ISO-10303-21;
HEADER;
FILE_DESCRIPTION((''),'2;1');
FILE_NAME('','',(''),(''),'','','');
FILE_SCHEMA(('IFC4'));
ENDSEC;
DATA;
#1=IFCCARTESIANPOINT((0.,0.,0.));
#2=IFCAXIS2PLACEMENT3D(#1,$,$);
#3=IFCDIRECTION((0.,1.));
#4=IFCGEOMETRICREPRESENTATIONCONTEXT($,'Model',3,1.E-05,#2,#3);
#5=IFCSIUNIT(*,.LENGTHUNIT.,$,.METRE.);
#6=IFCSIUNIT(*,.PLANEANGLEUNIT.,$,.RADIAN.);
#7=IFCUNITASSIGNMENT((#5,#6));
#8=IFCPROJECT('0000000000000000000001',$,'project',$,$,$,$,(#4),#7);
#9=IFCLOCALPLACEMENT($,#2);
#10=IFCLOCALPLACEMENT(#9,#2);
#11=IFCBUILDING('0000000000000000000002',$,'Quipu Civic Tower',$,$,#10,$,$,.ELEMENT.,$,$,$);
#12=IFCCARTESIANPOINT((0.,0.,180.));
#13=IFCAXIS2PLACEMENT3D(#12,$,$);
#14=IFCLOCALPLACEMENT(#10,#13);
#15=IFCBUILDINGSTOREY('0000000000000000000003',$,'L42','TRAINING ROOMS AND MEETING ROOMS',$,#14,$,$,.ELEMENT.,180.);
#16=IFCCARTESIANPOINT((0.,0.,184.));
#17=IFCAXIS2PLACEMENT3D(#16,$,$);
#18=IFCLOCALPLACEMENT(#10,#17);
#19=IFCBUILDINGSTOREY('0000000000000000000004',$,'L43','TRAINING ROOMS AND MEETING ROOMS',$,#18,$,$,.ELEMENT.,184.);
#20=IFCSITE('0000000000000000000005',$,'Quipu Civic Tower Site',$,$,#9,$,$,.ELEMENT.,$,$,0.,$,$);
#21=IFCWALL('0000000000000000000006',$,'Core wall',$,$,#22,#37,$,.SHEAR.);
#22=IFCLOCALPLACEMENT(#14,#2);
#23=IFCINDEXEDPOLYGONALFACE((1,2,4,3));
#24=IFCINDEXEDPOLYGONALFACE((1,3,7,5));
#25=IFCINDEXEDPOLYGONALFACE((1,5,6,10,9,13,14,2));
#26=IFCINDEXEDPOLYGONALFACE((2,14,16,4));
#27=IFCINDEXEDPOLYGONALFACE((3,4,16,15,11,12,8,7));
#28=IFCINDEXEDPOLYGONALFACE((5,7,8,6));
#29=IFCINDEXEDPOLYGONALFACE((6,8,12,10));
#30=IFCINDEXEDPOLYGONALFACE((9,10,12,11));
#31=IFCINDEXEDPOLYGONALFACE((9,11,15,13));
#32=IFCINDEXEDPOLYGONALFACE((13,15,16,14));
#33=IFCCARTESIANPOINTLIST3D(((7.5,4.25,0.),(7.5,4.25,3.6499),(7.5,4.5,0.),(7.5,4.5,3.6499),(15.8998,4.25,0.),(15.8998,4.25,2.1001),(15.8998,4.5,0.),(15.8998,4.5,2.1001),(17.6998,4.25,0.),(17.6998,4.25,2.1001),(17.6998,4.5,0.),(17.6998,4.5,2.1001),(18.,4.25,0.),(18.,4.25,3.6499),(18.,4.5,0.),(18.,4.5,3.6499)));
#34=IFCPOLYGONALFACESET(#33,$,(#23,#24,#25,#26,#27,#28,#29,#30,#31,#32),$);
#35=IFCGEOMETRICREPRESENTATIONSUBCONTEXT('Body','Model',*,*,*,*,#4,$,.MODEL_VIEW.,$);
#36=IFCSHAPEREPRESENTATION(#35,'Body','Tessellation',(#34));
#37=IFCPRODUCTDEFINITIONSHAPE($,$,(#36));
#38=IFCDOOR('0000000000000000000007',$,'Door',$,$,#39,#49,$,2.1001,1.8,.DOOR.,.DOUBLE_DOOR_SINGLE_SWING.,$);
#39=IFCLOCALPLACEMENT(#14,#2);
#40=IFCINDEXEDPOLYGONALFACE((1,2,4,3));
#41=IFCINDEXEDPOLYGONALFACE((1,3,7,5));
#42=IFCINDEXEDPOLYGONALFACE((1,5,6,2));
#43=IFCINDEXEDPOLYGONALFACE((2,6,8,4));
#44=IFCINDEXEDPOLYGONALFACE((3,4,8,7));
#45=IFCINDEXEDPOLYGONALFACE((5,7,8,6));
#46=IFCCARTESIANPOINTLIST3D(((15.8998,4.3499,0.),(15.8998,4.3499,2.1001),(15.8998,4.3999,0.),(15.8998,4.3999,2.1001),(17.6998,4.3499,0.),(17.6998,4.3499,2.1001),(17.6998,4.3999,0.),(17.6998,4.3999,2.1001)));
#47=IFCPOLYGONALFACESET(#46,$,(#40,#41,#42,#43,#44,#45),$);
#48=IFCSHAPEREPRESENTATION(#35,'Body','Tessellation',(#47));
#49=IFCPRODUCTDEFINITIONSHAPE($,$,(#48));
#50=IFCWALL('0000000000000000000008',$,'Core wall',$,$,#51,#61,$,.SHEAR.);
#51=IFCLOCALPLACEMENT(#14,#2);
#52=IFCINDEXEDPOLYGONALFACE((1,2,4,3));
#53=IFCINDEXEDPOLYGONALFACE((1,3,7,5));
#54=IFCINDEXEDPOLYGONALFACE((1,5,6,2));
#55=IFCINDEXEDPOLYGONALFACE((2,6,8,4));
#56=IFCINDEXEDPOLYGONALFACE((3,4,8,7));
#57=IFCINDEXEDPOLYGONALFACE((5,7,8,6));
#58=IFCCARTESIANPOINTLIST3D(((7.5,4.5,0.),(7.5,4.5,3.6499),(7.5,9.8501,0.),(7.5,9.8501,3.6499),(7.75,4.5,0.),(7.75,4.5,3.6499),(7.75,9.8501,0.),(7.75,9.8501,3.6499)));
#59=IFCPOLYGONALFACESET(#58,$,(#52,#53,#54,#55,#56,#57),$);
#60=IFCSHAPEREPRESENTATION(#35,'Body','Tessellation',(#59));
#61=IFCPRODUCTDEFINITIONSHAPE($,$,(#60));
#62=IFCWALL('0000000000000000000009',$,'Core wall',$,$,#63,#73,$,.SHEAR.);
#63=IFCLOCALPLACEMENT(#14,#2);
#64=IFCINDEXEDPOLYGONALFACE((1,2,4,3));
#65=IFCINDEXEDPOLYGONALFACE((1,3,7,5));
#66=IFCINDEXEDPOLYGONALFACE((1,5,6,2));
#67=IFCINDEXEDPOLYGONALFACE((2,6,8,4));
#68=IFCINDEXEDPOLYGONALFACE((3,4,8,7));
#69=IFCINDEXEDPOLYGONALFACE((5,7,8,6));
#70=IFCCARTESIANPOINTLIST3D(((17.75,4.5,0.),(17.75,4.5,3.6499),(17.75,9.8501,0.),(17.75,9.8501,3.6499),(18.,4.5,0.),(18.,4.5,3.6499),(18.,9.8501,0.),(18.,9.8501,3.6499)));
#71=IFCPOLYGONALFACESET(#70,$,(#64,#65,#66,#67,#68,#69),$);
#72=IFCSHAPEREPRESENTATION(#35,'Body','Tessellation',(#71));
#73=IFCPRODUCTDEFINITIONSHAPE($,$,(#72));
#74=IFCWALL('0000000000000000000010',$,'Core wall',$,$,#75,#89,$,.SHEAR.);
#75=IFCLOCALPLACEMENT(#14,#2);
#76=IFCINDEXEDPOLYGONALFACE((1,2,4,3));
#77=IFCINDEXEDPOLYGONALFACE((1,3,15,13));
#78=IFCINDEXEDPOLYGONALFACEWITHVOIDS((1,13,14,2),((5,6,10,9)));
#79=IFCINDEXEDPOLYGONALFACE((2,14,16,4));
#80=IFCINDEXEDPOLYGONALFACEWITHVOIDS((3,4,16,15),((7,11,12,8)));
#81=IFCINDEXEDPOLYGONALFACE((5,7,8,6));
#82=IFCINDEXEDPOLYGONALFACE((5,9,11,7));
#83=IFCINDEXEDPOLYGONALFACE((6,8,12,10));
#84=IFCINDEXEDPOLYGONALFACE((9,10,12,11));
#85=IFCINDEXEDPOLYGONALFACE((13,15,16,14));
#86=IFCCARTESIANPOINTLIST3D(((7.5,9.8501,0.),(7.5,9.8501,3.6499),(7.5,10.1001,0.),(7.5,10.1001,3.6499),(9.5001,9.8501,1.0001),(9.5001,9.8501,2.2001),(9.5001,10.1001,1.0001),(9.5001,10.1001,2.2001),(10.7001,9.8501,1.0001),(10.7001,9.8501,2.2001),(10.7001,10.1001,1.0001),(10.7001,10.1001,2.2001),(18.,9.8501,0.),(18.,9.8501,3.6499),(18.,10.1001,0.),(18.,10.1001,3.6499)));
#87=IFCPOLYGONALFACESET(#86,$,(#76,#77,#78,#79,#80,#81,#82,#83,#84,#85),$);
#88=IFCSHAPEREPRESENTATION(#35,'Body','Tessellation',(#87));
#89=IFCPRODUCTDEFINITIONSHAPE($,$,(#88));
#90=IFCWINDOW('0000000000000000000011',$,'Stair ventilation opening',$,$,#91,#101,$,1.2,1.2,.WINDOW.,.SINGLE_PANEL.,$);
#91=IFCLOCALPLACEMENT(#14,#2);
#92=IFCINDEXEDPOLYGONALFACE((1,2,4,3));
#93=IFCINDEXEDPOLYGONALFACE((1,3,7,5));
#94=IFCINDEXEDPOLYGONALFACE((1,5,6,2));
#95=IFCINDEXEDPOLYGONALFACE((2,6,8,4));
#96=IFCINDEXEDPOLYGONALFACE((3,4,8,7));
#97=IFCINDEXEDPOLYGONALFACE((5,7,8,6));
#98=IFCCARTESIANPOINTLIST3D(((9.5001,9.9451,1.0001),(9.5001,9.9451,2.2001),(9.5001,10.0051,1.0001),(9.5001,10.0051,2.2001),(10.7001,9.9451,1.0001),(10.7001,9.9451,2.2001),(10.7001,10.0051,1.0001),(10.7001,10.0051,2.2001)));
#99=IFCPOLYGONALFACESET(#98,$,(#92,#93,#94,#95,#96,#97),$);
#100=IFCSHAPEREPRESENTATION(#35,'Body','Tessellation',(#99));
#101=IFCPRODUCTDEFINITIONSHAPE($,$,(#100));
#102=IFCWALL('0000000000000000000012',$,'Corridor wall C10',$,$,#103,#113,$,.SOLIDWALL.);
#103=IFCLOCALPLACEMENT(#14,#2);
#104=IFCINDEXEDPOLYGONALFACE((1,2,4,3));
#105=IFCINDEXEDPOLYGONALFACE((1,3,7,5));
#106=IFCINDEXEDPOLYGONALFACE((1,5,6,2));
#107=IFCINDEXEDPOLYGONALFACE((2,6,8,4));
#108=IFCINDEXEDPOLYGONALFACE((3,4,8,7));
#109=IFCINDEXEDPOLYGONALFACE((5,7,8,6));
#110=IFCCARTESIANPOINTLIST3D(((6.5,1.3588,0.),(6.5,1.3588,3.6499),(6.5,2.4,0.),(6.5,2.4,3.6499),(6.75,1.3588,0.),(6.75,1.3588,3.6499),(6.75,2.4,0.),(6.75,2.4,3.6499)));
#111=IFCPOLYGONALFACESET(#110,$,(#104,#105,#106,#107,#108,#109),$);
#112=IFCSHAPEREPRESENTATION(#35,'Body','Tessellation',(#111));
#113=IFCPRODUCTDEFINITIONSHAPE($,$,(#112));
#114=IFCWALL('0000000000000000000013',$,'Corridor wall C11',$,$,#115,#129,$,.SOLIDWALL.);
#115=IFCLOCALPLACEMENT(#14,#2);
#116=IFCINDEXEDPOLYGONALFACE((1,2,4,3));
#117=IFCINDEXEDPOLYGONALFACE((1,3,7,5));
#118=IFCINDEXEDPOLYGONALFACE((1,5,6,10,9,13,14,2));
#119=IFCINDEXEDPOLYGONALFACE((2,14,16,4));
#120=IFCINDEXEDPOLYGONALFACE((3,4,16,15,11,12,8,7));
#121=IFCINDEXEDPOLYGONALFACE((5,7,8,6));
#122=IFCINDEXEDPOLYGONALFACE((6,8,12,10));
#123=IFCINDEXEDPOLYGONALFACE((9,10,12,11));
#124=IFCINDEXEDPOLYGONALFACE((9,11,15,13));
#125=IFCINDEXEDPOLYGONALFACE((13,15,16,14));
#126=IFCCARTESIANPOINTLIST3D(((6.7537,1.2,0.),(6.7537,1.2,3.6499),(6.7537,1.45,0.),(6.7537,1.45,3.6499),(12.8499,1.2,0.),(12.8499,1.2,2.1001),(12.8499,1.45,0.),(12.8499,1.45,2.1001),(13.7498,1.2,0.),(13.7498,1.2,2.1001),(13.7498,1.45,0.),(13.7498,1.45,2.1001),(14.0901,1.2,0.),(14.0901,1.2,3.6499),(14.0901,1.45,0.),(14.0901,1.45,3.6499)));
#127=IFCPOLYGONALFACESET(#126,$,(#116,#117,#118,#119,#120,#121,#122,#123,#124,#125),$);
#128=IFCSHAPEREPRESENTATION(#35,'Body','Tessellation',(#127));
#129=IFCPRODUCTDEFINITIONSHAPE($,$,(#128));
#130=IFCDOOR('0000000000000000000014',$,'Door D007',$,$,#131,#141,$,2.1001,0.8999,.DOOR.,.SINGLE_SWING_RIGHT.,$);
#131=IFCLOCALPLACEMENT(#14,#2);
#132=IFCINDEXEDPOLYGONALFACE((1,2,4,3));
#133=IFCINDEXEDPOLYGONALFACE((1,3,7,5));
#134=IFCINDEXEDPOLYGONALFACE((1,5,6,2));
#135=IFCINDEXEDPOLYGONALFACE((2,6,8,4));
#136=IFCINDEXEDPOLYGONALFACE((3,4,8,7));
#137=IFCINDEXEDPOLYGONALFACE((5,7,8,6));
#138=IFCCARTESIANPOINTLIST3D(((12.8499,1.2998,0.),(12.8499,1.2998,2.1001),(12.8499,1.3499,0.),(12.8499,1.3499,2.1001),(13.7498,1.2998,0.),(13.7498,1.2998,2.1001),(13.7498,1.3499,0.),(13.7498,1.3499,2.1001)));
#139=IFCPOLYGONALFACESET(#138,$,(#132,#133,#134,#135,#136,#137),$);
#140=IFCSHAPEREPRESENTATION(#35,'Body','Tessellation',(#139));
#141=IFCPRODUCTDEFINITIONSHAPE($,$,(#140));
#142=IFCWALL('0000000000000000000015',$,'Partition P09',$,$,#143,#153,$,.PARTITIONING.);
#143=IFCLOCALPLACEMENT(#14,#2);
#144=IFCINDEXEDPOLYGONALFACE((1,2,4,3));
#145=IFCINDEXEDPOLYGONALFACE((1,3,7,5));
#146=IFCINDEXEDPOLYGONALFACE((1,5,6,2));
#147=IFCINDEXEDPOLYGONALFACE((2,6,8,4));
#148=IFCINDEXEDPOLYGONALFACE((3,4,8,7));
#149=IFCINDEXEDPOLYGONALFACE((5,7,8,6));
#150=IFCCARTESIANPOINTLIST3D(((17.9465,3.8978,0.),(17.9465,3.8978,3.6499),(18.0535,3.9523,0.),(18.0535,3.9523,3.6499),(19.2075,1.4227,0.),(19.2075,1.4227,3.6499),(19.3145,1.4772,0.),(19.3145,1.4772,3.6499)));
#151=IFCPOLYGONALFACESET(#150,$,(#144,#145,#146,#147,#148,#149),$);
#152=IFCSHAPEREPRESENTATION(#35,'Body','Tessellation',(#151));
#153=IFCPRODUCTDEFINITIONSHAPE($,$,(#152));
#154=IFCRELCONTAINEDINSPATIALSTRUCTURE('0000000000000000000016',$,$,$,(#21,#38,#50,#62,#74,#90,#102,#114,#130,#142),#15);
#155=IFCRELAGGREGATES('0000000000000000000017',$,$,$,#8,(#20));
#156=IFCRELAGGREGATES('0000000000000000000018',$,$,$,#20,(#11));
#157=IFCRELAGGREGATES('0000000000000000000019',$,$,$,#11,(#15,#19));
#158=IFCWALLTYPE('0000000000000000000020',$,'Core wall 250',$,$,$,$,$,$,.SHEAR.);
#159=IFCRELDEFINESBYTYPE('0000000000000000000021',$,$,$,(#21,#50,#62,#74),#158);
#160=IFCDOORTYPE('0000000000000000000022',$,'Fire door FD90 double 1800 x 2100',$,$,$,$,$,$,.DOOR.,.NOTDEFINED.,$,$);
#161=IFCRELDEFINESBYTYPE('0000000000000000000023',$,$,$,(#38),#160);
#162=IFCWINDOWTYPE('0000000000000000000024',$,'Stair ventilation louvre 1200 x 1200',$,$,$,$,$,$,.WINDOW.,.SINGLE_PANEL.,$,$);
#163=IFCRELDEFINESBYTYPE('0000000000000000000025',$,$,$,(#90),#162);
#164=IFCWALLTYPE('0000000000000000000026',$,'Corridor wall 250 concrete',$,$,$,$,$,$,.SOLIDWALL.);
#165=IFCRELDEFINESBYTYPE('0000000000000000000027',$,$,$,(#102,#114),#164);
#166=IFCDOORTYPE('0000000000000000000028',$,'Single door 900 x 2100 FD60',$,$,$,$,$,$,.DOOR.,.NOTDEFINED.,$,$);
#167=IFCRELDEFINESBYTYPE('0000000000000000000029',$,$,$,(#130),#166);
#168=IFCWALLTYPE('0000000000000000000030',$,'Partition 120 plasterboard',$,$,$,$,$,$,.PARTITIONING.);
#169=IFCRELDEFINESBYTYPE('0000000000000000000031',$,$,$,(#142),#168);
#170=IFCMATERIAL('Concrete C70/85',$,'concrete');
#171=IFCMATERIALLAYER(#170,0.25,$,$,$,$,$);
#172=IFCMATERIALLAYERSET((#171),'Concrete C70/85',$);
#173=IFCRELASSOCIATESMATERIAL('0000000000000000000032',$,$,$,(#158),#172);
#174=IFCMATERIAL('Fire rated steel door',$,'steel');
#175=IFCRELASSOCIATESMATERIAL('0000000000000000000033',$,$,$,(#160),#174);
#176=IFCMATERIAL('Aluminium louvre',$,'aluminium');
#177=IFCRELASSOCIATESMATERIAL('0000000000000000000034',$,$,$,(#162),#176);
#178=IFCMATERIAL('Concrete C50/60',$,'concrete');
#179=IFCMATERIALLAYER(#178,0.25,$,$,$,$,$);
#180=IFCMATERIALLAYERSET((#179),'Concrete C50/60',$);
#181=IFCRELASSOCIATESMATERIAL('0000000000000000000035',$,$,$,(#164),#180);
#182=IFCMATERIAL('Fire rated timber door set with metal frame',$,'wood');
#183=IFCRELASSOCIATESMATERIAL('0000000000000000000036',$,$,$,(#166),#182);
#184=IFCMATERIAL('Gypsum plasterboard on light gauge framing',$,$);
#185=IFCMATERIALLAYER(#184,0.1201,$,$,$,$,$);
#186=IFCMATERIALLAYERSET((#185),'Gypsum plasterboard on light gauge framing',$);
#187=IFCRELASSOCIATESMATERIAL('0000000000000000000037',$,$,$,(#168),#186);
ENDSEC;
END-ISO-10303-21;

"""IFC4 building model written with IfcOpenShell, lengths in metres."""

from ifc_helpers import new_model, si_unit, direction, frame, frame_2d, origin, place, context, subcontext, project, spatial, rectangle, extrude, material, layer, layer_set, type_object, element, fill, save


model = new_model("IFC4")

# Units and contexts
model_context = context("Model", 3, precision=1e-05, world=origin(), true_north=direction((0.0, 1.0)))
body_context = subcontext(model_context, "Body", "Model", "MODEL_VIEW")
ifc_project = project(units=[si_unit("LENGTHUNIT", "METRE"), si_unit("PLANEANGLEUNIT", "RADIAN")], contexts=[model_context])

# Site, building, storey
site_placement = place(None, origin())
site = spatial("IfcSite", under=ifc_project, at=site_placement, Name="Quipu Civic Tower Site", CompositionType="ELEMENT", RefElevation=0.0)
building_placement = place(site_placement, origin())
building = spatial("IfcBuilding", under=site, at=building_placement, Name="Quipu Civic Tower", CompositionType="ELEMENT")
storey_1_placement = place(building_placement, frame((0.0, 0.0, 180.0)))
storey_1 = spatial("IfcBuildingStorey", under=building, at=storey_1_placement, Name="L42", Description="TRAINING ROOMS AND MEETING ROOMS", CompositionType="ELEMENT", Elevation=180.0)

# Shared definitions
storey_2_placement = place(building_placement, frame((0.0, 0.0, 184.0)))
storey_2 = spatial("IfcBuildingStorey", under=building, at=storey_2_placement, Name="L43", Description="TRAINING ROOMS AND MEETING ROOMS", CompositionType="ELEMENT", Elevation=184.0)

# Shared definitions
ifc_material_1 = material(Name="Concrete C70/85", Category="concrete")
ifc_layer_1 = layer(ifc_material_1, 0.25)
ifc_layer_set_1 = layer_set([ifc_layer_1], Name="Concrete C70/85")
wall_type_1 = type_object("IfcWallType", Name="Core wall 250", PredefinedType="SHEAR", material=ifc_layer_set_1)
ifc_material_2 = material(Name="Fire rated steel door", Category="steel")
door_type_1 = type_object("IfcDoorType", Name="Fire door FD90 double 1800 x 2100", OperationType="NOTDEFINED", PredefinedType="DOOR", material=ifc_material_2)

# Wall, opening, door
wall_1_placement = place(storey_1_placement, frame((7.5, 4.375, 0.0), z_axis=(0.0, 0.0, 1.0), x_axis=(1.0, 0.0, 0.0)))
wall_1 = element("IfcWall", 1, at=wall_1_placement, inside=storey_1, type_object=wall_type_1, Name="Core wall", PredefinedType="SHEAR", context=body_context, shape_type="SweptSolid", body=[
    extrude(rectangle(XDim=10.5, YDim=0.25, at=frame_2d((5.25, 0.0))), origin(), (0.0, 0.0, 1.0), 3.6499),
])
opening_1_placement = place(wall_1_placement, frame((8.3999, 0.0, 0.0)))
opening_1 = element("IfcOpeningElement", 2, at=opening_1_placement, cuts=wall_1, PredefinedType="OPENING", context=body_context, shape_type="SweptSolid", body=[
    extrude(rectangle(XDim=1.8, YDim=2.1001, at=frame_2d((0.8999, 1.05))), frame((0.0, 0.135, 0.0), z_axis=(0.0, -1.0, 0.0), x_axis=(1.0, 0.0, 0.0)), (0.0, 0.0, 1.0), 0.27),
])
door_1_placement = place(opening_1_placement, origin())
door_1 = element("IfcDoor", 3, at=door_1_placement, inside=storey_1, type_object=door_type_1, Name="Door", OperationType="DOUBLE_DOOR_SINGLE_SWING", OverallHeight=2.1001, OverallWidth=1.8, PredefinedType="DOOR", context=body_context, shape_type="SweptSolid", body=[
    extrude(rectangle(XDim=1.8, YDim=2.1001, at=frame_2d((0.8999, 1.05))), frame((0.0, 0.0249, 0.0), z_axis=(0.0, -1.0, 0.0), x_axis=(1.0, 0.0, 0.0)), (0.0, 0.0, 1.0), 0.05),
])
fill(opening_1, door_1)

# Walls
for number, where, z_axis, x_axis, name in (
    (4, (7.625, 4.5, 0.0), (0.0, 0.0, 1.0), (0.0, 1.0, 0.0), "Core wall"),
    (5, (17.875, 4.5, 0.0), (0.0, 0.0, 1.0), (0.0, 1.0, 0.0), "Core wall"),
):
    element("IfcWall", number, at=place(storey_1_placement, frame(where, z_axis=z_axis, x_axis=x_axis)), inside=storey_1, type_object=wall_type_1, Name=name, PredefinedType="SHEAR", context=body_context, shape_type="SweptSolid", body=[
        extrude(rectangle(XDim=5.3501, YDim=0.25, at=frame_2d((2.675, 0.0))), origin(), (0.0, 0.0, 1.0), 3.6499),
    ])

# Wall, opening, window
wall_2_placement = place(storey_1_placement, frame((7.5, 9.9751, 0.0), z_axis=(0.0, 0.0, 1.0), x_axis=(1.0, 0.0, 0.0)))
wall_2 = element("IfcWall", 6, at=wall_2_placement, inside=storey_1, type_object=wall_type_1, Name="Core wall", PredefinedType="SHEAR", context=body_context, shape_type="SweptSolid", body=[
    extrude(rectangle(XDim=10.5, YDim=0.25, at=frame_2d((5.25, 0.0))), origin(), (0.0, 0.0, 1.0), 3.6499),
])
opening_2_placement = place(wall_2_placement, frame((2.0, 0.0, 1.0)))
opening_2 = element("IfcOpeningElement", 7, at=opening_2_placement, cuts=wall_2, PredefinedType="OPENING", context=body_context, shape_type="SweptSolid", body=[
    extrude(rectangle(XDim=1.2, YDim=1.2, at=frame_2d((0.6001, 0.6001))), frame((0.0, 0.135, 0.0), z_axis=(0.0, -1.0, 0.0), x_axis=(1.0, 0.0, 0.0)), (0.0, 0.0, 1.0), 0.27),
])
ifc_material_3 = material(Name="Aluminium louvre", Category="aluminium")
window_type = type_object("IfcWindowType", Name="Stair ventilation louvre 1200 x 1200", PartitioningType="SINGLE_PANEL", PredefinedType="WINDOW", material=ifc_material_3)
window_placement = place(opening_2_placement, origin())
window = element("IfcWindow", 8, at=window_placement, inside=storey_1, type_object=window_type, Name="Stair ventilation opening", OverallHeight=1.2, OverallWidth=1.2, PartitioningType="SINGLE_PANEL", PredefinedType="WINDOW", context=body_context, shape_type="SweptSolid", body=[
    extrude(rectangle(XDim=1.2, YDim=1.2, at=frame_2d((0.6001, 0.6001))), frame((0.0, 0.03, 0.0), z_axis=(0.0, -1.0, 0.0), x_axis=(1.0, 0.0, 0.0)), (0.0, 0.0, 1.0), 0.0601),
])
fill(opening_2, window)

# Wall
ifc_material_4 = material(Name="Concrete C50/60", Category="concrete")
ifc_layer_2 = layer(ifc_material_4, 0.25)
ifc_layer_set_2 = layer_set([ifc_layer_2], Name="Concrete C50/60")
wall_type_2 = type_object("IfcWallType", Name="Corridor wall 250 concrete", PredefinedType="SOLIDWALL", material=ifc_layer_set_2)
wall_3_placement = place(storey_1_placement, frame((6.625, 2.3999, 0.0), z_axis=(0.0, 0.0, 1.0), x_axis=(0.0, -1.0, 0.0)))
element("IfcWall", 9, at=wall_3_placement, inside=storey_1, type_object=wall_type_2, Name="Corridor wall C10", PredefinedType="SOLIDWALL", context=body_context, shape_type="SweptSolid", body=[
    extrude(rectangle(XDim=1.0413, YDim=0.25, at=frame_2d((0.5205, 0.0))), origin(), (0.0, 0.0, 1.0), 3.6499),
])

# Wall, opening, door
wall_4_placement = place(storey_1_placement, frame((6.7537, 1.325, 0.0), z_axis=(0.0, 0.0, 1.0), x_axis=(1.0, 0.0, 0.0)))
wall_4 = element("IfcWall", 10, at=wall_4_placement, inside=storey_1, type_object=wall_type_2, Name="Corridor wall C11", PredefinedType="SOLIDWALL", context=body_context, shape_type="SweptSolid", body=[
    extrude(rectangle(XDim=7.3364, YDim=0.25, at=frame_2d((3.6682, 0.0))), origin(), (0.0, 0.0, 1.0), 3.6499),
])
opening_3_placement = place(wall_4_placement, frame((6.0962, 0.0, 0.0)))
opening_3 = element("IfcOpeningElement", 11, at=opening_3_placement, cuts=wall_4, PredefinedType="OPENING", context=body_context, shape_type="SweptSolid", body=[
    extrude(rectangle(XDim=0.8999, YDim=2.1001, at=frame_2d((0.45, 1.05))), frame((0.0, 0.135, 0.0), z_axis=(0.0, -1.0, 0.0), x_axis=(1.0, 0.0, 0.0)), (0.0, 0.0, 1.0), 0.27),
])
ifc_material_5 = material(Name="Fire rated timber door set with metal frame", Category="wood")
door_type_2 = type_object("IfcDoorType", Name="Single door 900 x 2100 FD60", OperationType="NOTDEFINED", PredefinedType="DOOR", material=ifc_material_5)
door_2_placement = place(opening_3_placement, origin())
door_2 = element("IfcDoor", 12, at=door_2_placement, inside=storey_1, type_object=door_type_2, Name="Door D007", OperationType="SINGLE_SWING_RIGHT", OverallHeight=2.1001, OverallWidth=0.8999, PredefinedType="DOOR", context=body_context, shape_type="SweptSolid", body=[
    extrude(rectangle(XDim=0.8999, YDim=2.1001, at=frame_2d((0.45, 1.05))), frame((0.0, 0.0249, 0.0), z_axis=(0.0, -1.0, 0.0), x_axis=(1.0, 0.0, 0.0)), (0.0, 0.0, 1.0), 0.05),
])
fill(opening_3, door_2)

# Wall
ifc_material_6 = material(Name="Gypsum plasterboard on light gauge framing")
ifc_layer_3 = layer(ifc_material_6, 0.1201)
ifc_layer_set_3 = layer_set([ifc_layer_3], Name="Gypsum plasterboard on light gauge framing")
wall_type_3 = type_object("IfcWallType", Name="Partition 120 plasterboard", PredefinedType="PARTITIONING", material=ifc_layer_set_3)
wall_5_placement = place(storey_1_placement, frame((18.0, 3.925, 0.0), z_axis=(0.0, 0.0, 1.0), x_axis=(0.453951, -0.891027, 0.0)))
element("IfcWall", 13, at=wall_5_placement, inside=storey_1, type_object=wall_type_3, Name="Partition P09", PredefinedType="PARTITIONING", context=body_context, shape_type="SweptSolid", body=[
    extrude(rectangle(XDim=2.7778, YDim=0.1201, at=frame_2d((1.3889, 0.0))), origin(), (0.0, 0.0, 1.0), 3.6499),
])

save(model, "model.ifc")
